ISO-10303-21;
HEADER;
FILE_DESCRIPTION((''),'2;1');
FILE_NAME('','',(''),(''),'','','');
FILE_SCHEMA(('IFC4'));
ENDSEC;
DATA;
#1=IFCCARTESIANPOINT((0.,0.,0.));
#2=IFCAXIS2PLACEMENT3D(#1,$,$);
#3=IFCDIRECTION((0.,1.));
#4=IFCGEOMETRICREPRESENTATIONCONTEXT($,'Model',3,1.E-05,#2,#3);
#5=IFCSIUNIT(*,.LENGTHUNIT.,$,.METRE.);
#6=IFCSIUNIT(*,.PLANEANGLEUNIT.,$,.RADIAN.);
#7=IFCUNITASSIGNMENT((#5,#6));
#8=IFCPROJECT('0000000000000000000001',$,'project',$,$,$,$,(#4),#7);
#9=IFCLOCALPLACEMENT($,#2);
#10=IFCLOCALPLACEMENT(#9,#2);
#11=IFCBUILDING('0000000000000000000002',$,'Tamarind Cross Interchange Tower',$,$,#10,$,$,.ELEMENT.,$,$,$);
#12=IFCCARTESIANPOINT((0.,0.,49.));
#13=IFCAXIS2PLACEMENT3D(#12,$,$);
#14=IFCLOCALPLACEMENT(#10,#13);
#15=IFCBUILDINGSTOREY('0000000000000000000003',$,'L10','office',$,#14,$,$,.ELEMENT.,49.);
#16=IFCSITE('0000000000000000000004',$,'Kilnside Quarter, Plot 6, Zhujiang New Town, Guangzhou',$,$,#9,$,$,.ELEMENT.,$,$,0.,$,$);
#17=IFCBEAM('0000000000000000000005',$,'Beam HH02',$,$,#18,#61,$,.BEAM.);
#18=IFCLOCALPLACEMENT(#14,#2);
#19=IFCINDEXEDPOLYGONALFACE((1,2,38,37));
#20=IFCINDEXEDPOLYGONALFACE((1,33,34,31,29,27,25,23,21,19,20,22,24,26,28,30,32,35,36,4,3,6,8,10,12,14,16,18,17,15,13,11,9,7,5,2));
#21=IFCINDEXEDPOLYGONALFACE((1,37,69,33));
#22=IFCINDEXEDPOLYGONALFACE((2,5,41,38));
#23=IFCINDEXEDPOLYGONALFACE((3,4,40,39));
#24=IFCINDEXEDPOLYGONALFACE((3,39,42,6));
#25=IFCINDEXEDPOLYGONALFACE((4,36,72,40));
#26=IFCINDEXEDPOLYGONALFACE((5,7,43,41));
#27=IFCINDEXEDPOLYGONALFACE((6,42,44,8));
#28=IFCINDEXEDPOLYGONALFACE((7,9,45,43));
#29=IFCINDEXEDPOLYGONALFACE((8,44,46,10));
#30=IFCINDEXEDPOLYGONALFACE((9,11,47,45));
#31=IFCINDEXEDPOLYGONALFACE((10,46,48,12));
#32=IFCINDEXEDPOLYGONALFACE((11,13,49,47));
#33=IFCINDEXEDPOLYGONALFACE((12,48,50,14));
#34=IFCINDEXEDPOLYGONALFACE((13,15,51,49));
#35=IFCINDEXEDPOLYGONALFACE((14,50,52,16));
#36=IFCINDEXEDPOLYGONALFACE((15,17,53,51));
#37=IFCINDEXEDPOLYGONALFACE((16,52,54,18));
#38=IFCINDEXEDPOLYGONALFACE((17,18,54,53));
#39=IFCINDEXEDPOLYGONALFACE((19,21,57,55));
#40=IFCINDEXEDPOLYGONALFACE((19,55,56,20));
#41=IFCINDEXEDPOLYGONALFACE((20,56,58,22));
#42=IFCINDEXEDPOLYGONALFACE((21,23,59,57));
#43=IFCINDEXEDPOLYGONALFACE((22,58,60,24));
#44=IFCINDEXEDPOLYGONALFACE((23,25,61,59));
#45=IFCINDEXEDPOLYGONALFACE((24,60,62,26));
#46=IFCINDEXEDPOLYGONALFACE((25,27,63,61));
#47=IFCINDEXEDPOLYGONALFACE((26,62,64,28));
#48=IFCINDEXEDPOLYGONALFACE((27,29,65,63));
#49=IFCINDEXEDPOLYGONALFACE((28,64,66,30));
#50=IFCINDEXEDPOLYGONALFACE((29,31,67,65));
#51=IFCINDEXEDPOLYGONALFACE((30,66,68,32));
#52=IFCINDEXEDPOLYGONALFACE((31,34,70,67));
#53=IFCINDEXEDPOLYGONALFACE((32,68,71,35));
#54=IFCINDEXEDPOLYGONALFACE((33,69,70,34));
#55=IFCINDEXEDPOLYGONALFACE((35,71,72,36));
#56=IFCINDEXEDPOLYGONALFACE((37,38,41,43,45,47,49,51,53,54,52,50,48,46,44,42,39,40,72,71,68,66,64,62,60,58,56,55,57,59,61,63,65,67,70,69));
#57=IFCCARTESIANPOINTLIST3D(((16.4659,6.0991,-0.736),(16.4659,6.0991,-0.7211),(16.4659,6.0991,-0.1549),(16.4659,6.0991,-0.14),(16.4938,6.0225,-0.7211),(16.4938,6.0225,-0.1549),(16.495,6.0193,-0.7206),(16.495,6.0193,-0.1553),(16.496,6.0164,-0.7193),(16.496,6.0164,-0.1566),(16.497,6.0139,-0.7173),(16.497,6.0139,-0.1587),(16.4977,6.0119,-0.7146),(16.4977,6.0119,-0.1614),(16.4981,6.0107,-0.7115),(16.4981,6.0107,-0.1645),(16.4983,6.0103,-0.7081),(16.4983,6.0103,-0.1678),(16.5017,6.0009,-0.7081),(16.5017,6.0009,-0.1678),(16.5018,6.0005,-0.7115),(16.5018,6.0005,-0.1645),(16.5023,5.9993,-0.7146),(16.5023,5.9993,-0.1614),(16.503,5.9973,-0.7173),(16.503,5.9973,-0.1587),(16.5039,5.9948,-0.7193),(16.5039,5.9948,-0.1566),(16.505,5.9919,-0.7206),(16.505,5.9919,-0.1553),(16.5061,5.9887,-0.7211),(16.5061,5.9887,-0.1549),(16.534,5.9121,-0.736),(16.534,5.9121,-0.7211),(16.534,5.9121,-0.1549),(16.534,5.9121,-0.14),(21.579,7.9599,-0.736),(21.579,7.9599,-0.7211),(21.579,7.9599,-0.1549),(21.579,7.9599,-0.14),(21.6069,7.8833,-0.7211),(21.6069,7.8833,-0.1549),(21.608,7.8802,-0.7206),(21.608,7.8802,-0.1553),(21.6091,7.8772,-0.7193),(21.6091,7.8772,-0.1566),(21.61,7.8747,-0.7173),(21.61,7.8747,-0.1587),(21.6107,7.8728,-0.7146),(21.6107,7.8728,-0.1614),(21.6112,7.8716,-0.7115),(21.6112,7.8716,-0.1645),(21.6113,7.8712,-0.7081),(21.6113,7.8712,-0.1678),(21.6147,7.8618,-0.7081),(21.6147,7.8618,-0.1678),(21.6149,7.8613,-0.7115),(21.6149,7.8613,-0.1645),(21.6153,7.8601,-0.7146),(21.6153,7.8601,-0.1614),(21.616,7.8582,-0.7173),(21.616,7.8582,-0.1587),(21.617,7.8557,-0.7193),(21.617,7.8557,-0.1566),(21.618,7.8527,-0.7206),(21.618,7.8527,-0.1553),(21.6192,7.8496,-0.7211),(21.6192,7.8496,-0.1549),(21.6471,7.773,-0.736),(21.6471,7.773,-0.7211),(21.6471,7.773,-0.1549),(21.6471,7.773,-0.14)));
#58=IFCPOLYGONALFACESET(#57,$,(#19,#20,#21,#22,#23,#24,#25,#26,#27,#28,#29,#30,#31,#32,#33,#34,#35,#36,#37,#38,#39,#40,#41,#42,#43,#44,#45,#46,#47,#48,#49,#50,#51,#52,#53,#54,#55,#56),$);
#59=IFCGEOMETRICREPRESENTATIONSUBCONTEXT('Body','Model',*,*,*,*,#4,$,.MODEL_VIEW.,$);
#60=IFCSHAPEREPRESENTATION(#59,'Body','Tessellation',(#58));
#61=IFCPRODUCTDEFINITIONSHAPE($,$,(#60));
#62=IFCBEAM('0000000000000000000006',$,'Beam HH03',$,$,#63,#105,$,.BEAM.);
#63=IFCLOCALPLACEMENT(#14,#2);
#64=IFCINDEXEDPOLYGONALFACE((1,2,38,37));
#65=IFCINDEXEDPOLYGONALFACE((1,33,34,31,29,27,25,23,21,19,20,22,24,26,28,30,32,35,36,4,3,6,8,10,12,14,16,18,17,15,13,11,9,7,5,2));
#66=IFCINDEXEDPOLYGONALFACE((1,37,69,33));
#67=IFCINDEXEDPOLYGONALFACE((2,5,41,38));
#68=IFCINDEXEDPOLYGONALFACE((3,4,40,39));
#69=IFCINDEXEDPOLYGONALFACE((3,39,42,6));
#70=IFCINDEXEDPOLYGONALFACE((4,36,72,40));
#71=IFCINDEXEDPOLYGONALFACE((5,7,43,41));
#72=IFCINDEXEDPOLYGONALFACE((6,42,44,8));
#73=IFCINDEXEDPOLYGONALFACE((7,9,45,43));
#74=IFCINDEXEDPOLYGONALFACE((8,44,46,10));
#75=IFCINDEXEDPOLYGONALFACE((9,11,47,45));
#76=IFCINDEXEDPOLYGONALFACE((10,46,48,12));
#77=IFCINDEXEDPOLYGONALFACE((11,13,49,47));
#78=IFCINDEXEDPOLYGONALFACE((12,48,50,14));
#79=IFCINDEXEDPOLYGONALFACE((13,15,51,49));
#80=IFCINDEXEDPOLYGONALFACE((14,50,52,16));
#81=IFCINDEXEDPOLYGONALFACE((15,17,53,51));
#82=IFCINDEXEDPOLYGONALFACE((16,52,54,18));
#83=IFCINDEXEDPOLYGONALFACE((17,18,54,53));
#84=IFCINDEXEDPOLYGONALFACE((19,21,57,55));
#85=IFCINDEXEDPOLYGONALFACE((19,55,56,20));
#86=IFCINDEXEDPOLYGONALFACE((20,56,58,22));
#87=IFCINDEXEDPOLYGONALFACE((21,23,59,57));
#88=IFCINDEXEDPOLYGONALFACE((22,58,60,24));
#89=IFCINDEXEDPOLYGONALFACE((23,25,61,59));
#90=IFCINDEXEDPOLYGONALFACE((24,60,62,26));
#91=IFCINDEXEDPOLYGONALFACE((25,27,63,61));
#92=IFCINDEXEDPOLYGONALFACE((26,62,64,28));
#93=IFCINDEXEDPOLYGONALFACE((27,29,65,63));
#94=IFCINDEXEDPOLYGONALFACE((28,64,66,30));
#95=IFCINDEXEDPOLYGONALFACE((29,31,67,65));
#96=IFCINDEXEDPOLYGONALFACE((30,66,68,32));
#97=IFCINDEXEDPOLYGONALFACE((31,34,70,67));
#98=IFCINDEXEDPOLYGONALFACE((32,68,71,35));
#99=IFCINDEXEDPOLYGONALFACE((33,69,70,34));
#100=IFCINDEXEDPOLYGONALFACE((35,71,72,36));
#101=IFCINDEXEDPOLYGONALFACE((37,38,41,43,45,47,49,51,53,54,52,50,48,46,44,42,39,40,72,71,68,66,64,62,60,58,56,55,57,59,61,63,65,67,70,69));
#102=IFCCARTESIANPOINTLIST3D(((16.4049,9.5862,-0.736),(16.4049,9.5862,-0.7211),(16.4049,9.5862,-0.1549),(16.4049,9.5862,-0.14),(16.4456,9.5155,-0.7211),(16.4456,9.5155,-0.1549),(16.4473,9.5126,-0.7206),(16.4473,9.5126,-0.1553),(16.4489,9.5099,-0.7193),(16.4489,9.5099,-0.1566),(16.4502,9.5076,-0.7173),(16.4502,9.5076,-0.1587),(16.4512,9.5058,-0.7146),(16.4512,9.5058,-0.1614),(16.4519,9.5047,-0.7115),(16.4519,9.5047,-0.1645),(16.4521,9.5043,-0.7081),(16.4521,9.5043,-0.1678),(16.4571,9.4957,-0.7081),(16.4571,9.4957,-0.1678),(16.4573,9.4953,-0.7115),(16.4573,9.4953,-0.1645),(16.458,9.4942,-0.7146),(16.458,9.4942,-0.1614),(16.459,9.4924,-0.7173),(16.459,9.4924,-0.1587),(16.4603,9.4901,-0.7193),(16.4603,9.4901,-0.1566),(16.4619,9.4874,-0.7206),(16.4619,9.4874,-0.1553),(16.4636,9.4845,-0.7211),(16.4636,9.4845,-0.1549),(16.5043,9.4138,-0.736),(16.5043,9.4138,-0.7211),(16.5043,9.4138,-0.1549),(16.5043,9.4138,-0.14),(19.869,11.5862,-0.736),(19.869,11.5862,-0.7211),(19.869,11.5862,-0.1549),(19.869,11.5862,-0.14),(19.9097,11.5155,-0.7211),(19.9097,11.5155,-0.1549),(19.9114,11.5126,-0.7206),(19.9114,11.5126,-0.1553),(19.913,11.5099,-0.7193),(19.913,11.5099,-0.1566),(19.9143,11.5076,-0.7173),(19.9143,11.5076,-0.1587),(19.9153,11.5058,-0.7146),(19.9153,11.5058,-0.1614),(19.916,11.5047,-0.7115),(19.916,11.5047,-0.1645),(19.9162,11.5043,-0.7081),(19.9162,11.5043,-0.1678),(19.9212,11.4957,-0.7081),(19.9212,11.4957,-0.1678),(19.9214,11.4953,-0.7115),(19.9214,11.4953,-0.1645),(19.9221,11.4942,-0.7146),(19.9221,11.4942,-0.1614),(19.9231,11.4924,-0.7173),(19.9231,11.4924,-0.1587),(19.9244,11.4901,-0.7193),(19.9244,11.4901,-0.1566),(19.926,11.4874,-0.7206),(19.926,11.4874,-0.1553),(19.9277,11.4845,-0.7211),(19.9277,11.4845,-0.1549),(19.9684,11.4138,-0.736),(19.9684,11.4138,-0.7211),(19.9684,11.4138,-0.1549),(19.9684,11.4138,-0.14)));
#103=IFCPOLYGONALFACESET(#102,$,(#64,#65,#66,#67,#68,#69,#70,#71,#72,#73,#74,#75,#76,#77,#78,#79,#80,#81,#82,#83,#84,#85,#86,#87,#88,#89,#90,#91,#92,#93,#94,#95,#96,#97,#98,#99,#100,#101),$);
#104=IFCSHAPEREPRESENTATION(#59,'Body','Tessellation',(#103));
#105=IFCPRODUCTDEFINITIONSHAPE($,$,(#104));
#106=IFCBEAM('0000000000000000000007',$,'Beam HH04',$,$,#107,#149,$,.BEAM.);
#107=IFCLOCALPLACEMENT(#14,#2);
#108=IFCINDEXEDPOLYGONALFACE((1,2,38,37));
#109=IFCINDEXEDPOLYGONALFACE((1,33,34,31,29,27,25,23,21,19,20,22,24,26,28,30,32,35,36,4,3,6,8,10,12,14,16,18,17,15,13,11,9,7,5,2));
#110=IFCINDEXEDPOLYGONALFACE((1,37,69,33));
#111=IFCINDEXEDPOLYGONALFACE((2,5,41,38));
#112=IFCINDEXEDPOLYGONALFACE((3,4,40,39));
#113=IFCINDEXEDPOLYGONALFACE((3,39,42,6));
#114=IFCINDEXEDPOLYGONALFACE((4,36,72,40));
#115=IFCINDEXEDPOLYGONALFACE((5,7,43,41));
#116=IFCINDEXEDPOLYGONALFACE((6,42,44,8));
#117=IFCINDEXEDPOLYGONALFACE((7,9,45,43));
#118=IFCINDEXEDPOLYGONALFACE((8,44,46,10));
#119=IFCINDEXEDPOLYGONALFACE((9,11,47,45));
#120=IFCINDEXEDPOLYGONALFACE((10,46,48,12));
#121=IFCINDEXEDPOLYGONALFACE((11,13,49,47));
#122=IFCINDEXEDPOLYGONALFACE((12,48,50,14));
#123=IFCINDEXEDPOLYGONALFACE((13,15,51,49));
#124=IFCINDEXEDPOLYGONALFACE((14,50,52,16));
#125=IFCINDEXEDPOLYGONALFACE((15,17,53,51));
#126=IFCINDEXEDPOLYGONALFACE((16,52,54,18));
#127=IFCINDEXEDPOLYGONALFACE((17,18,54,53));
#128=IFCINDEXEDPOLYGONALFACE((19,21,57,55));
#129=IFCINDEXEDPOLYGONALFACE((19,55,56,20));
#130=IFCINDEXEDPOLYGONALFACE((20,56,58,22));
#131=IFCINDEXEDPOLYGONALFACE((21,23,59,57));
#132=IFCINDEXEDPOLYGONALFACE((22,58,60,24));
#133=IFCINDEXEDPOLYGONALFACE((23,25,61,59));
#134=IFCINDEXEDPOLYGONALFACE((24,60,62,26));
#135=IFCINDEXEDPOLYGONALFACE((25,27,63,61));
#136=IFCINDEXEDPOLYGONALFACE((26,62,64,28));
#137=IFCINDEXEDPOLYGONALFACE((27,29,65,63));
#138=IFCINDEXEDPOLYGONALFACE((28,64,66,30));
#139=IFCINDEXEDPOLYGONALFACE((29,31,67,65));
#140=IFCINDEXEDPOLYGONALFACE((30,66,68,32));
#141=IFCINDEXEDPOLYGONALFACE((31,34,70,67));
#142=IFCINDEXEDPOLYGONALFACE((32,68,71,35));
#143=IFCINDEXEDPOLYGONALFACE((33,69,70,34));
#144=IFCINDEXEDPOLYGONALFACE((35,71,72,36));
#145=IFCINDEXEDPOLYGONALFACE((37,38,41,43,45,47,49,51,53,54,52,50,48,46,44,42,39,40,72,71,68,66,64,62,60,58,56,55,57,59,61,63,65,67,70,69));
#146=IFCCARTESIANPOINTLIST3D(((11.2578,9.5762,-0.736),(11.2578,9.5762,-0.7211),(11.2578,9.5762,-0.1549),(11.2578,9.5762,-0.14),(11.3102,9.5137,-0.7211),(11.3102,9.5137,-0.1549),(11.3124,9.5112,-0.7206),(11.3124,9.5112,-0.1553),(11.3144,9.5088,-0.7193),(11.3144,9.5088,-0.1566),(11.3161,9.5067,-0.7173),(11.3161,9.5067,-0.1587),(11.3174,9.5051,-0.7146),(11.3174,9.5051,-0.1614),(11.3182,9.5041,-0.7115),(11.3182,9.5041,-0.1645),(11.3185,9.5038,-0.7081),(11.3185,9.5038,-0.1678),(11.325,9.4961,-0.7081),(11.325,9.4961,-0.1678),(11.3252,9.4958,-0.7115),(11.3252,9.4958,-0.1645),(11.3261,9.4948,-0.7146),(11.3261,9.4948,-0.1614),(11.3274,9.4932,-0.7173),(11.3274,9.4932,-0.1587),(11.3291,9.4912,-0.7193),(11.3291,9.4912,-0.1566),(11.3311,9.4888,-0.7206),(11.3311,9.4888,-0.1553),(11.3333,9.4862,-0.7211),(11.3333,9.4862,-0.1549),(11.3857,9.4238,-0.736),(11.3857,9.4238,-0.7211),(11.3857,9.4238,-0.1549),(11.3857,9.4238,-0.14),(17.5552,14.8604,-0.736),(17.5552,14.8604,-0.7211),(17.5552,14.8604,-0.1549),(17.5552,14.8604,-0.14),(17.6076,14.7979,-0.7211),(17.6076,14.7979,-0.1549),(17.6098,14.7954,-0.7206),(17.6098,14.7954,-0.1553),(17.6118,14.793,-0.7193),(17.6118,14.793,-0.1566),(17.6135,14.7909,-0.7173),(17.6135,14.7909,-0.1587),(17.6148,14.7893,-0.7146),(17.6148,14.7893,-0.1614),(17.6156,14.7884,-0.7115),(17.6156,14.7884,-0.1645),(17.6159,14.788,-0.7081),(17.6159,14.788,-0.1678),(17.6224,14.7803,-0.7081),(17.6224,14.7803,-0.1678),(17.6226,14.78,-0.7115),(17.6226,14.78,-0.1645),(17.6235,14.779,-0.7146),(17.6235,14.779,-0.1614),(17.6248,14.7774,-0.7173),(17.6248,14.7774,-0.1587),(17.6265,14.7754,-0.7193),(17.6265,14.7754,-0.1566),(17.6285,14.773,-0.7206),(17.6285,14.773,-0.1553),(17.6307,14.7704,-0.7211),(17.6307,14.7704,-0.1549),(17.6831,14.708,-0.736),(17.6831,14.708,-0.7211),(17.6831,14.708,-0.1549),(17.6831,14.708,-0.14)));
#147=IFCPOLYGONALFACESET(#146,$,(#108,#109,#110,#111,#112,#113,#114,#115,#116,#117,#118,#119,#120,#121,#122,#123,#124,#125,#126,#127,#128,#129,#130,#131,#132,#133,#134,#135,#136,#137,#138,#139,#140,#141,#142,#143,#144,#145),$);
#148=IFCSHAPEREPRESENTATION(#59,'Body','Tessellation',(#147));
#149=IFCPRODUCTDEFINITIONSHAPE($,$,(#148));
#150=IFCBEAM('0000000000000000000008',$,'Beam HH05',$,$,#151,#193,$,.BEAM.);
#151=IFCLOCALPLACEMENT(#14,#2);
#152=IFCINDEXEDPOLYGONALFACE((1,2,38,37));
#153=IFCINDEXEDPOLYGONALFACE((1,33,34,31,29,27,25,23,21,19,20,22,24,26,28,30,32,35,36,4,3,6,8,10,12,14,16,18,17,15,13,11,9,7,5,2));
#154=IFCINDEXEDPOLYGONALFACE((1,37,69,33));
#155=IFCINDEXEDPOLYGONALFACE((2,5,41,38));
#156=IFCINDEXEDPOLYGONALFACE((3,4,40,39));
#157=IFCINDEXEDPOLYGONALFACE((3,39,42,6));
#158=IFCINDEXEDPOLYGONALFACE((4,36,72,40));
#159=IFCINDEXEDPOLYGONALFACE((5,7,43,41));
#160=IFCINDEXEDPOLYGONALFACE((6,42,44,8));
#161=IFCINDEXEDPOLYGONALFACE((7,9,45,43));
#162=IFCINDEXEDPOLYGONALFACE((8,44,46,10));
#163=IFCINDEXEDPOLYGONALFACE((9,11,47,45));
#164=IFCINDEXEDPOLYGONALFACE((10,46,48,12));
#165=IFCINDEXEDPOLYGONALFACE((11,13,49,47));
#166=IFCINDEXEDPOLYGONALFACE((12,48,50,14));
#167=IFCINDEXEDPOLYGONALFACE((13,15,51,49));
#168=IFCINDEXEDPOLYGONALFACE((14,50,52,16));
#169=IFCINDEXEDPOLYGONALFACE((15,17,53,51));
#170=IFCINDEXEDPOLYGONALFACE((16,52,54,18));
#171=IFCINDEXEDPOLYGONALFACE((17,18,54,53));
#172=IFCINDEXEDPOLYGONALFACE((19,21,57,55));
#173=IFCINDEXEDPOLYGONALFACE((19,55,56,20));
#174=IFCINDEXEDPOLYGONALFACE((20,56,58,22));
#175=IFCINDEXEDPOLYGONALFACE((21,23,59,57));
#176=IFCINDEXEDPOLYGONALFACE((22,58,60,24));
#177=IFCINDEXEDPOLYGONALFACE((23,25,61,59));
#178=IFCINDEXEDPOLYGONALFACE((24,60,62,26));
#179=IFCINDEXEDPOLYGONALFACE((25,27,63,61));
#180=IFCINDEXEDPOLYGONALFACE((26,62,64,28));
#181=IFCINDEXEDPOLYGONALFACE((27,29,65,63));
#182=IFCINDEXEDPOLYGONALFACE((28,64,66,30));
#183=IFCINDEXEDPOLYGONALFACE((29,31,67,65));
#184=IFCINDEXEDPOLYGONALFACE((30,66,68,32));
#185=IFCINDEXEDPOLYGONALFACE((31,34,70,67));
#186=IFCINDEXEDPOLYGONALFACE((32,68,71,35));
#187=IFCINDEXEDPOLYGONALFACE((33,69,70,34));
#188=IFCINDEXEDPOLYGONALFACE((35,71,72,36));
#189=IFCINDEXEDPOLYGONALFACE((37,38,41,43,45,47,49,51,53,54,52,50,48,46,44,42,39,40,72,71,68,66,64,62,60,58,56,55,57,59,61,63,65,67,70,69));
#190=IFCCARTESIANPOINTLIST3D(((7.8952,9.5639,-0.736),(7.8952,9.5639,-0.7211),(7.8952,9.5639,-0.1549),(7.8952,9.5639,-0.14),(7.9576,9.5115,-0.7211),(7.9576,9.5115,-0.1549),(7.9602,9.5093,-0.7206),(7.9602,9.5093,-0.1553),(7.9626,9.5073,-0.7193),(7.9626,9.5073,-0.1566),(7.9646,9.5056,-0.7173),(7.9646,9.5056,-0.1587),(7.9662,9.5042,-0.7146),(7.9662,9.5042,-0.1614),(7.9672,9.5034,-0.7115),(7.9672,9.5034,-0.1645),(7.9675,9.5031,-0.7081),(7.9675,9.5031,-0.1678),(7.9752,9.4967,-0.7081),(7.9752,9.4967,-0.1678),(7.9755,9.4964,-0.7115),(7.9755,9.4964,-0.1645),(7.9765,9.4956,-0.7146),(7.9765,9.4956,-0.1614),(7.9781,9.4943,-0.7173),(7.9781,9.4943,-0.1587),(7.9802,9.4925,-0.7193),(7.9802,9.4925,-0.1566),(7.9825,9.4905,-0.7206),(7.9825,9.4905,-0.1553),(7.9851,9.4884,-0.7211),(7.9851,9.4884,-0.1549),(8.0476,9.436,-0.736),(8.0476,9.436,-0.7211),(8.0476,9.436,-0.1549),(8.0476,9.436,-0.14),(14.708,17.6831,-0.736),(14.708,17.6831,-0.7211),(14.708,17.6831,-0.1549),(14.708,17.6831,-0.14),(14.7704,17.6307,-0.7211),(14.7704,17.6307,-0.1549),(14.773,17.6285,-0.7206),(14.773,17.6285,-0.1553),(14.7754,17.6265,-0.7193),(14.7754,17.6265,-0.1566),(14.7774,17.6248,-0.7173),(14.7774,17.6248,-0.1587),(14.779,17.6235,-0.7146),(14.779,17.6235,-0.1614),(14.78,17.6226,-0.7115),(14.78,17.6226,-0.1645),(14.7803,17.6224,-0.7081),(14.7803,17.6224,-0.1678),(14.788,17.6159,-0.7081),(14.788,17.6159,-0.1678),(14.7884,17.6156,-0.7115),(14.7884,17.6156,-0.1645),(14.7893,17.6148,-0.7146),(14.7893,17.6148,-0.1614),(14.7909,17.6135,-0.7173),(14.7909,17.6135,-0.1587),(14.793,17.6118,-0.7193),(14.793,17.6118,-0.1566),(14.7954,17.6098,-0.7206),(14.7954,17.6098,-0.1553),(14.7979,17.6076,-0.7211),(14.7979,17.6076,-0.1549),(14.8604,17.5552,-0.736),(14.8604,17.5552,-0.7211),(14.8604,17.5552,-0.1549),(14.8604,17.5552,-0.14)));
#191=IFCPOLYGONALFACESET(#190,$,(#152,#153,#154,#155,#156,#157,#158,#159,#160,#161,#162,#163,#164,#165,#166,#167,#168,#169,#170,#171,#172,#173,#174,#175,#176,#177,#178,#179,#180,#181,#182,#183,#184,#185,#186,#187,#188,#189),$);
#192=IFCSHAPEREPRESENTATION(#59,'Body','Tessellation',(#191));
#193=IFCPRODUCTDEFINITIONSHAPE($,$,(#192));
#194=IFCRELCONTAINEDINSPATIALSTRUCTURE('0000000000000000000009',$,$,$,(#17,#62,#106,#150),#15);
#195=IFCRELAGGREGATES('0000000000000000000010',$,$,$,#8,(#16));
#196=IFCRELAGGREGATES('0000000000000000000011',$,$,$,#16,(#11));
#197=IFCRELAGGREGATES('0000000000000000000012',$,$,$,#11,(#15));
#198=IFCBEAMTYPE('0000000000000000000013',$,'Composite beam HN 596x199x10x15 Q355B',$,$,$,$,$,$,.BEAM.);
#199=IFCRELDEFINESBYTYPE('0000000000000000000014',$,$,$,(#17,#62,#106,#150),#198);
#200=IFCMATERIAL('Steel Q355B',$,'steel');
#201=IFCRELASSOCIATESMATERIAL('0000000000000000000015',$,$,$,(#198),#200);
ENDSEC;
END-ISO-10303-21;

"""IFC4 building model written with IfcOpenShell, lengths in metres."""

from ifc_helpers import new_model, si_unit, direction, frame, origin, origin_2d, place, context, subcontext, project, spatial, i_section, extrude, material, material_profile, profile_set, type_object, element, save


model = new_model("IFC4")

# Units and contexts
model_context = context("Model", 3, precision=1e-05, world=origin(), true_north=direction((0.0, 1.0)))
body_context = subcontext(model_context, "Body", "Model", "MODEL_VIEW")
ifc_project = project(units=[si_unit("LENGTHUNIT", "METRE"), si_unit("PLANEANGLEUNIT", "RADIAN")], contexts=[model_context])

# Site, building, storey
site_placement = place(None, origin())
site = spatial("IfcSite", under=ifc_project, at=site_placement, Name="Kilnside Quarter, Plot 6, Zhujiang New Town, Guangzhou", CompositionType="ELEMENT", RefElevation=0.0)
building_placement = place(site_placement, origin())
building = spatial("IfcBuilding", under=site, at=building_placement, Name="Tamarind Cross Interchange Tower", CompositionType="ELEMENT")
storey_placement = place(building_placement, frame((0.0, 0.0, 49.0)))
storey = spatial("IfcBuildingStorey", under=building, at=storey_placement, Name="L10", Description="office", CompositionType="ELEMENT", Elevation=49.0)

# Beams
ifc_material_1 = material(Name="Steel Q355B", Category="steel")
ifc_material_profile_1 = material_profile(ifc_material_1, i_section(OverallWidth=0.199, OverallDepth=0.5959, WebThickness=0.01, FlangeThickness=0.0149, FilletRadius=0.0129, at=origin_2d()), Name="HN 596x199x10x15")
ifc_profile_set_1 = profile_set([ifc_material_profile_1], Name="Steel Q355B")
beam_type_1 = type_object("IfcBeamType", Name="Composite beam HN 596x199x10x15 Q355B", PredefinedType="BEAM", material=ifc_profile_set_1)
beam_1_placement = place(storey_placement, frame((21.613, 7.8665, -0.438), z_axis=(-0.939702, -0.341995, 0.0), x_axis=(0.341995, -0.939702, 0.0)))
element("IfcBeam", 1, at=beam_1_placement, inside=storey, type_object=beam_type_1, Name="Beam HH02", PredefinedType="BEAM", context=body_context, shape_type="SweptSolid", body=[
    extrude(i_section(OverallWidth=0.199, OverallDepth=0.5959, WebThickness=0.01, FlangeThickness=0.0149, FilletRadius=0.0129, at=origin_2d()), origin(), (0.0, 0.0, 1.0), 5.4412),
])
beam_2_placement = place(storey_placement, frame((19.9187, 11.5, -0.438), z_axis=(-0.866026, -0.499999, 0.0), x_axis=(0.499999, -0.866026, 0.0)))
element("IfcBeam", 2, at=beam_2_placement, inside=storey, type_object=beam_type_1, Name="Beam HH03", PredefinedType="BEAM", context=body_context, shape_type="SweptSolid", body=[
    extrude(i_section(OverallWidth=0.199, OverallDepth=0.5959, WebThickness=0.01, FlangeThickness=0.0149, FilletRadius=0.0129, at=origin_2d()), origin(), (0.0, 0.0, 1.0), 4.0),
])
beam_3_placement = place(storey_placement, frame((17.6191, 14.7842, -0.438), z_axis=(-0.766041, -0.642792, 0.0), x_axis=(0.642792, -0.766041, 0.0)))
element("IfcBeam", 3, at=beam_3_placement, inside=storey, type_object=beam_type_1, Name="Beam HH04", PredefinedType="BEAM", context=body_context, shape_type="SweptSolid", body=[
    extrude(i_section(OverallWidth=0.199, OverallDepth=0.5959, WebThickness=0.01, FlangeThickness=0.0149, FilletRadius=0.0129, at=origin_2d()), origin(), (0.0, 0.0, 1.0), 8.2207),
])
beam_4_placement = place(storey_placement, frame((14.7842, 17.6191, -0.438), z_axis=(-0.642786, -0.766046, 0.0), x_axis=(0.766046, -0.642786, 0.0)))
element("IfcBeam", 4, at=beam_4_placement, inside=storey, type_object=beam_type_1, Name="Beam HH05", PredefinedType="BEAM", context=body_context, shape_type="SweptSolid", body=[
    extrude(i_section(OverallWidth=0.199, OverallDepth=0.5959, WebThickness=0.01, FlangeThickness=0.0149, FilletRadius=0.0129, at=origin_2d()), origin(), (0.0, 0.0, 1.0), 10.5989),
])

save(model, "model.ifc")
